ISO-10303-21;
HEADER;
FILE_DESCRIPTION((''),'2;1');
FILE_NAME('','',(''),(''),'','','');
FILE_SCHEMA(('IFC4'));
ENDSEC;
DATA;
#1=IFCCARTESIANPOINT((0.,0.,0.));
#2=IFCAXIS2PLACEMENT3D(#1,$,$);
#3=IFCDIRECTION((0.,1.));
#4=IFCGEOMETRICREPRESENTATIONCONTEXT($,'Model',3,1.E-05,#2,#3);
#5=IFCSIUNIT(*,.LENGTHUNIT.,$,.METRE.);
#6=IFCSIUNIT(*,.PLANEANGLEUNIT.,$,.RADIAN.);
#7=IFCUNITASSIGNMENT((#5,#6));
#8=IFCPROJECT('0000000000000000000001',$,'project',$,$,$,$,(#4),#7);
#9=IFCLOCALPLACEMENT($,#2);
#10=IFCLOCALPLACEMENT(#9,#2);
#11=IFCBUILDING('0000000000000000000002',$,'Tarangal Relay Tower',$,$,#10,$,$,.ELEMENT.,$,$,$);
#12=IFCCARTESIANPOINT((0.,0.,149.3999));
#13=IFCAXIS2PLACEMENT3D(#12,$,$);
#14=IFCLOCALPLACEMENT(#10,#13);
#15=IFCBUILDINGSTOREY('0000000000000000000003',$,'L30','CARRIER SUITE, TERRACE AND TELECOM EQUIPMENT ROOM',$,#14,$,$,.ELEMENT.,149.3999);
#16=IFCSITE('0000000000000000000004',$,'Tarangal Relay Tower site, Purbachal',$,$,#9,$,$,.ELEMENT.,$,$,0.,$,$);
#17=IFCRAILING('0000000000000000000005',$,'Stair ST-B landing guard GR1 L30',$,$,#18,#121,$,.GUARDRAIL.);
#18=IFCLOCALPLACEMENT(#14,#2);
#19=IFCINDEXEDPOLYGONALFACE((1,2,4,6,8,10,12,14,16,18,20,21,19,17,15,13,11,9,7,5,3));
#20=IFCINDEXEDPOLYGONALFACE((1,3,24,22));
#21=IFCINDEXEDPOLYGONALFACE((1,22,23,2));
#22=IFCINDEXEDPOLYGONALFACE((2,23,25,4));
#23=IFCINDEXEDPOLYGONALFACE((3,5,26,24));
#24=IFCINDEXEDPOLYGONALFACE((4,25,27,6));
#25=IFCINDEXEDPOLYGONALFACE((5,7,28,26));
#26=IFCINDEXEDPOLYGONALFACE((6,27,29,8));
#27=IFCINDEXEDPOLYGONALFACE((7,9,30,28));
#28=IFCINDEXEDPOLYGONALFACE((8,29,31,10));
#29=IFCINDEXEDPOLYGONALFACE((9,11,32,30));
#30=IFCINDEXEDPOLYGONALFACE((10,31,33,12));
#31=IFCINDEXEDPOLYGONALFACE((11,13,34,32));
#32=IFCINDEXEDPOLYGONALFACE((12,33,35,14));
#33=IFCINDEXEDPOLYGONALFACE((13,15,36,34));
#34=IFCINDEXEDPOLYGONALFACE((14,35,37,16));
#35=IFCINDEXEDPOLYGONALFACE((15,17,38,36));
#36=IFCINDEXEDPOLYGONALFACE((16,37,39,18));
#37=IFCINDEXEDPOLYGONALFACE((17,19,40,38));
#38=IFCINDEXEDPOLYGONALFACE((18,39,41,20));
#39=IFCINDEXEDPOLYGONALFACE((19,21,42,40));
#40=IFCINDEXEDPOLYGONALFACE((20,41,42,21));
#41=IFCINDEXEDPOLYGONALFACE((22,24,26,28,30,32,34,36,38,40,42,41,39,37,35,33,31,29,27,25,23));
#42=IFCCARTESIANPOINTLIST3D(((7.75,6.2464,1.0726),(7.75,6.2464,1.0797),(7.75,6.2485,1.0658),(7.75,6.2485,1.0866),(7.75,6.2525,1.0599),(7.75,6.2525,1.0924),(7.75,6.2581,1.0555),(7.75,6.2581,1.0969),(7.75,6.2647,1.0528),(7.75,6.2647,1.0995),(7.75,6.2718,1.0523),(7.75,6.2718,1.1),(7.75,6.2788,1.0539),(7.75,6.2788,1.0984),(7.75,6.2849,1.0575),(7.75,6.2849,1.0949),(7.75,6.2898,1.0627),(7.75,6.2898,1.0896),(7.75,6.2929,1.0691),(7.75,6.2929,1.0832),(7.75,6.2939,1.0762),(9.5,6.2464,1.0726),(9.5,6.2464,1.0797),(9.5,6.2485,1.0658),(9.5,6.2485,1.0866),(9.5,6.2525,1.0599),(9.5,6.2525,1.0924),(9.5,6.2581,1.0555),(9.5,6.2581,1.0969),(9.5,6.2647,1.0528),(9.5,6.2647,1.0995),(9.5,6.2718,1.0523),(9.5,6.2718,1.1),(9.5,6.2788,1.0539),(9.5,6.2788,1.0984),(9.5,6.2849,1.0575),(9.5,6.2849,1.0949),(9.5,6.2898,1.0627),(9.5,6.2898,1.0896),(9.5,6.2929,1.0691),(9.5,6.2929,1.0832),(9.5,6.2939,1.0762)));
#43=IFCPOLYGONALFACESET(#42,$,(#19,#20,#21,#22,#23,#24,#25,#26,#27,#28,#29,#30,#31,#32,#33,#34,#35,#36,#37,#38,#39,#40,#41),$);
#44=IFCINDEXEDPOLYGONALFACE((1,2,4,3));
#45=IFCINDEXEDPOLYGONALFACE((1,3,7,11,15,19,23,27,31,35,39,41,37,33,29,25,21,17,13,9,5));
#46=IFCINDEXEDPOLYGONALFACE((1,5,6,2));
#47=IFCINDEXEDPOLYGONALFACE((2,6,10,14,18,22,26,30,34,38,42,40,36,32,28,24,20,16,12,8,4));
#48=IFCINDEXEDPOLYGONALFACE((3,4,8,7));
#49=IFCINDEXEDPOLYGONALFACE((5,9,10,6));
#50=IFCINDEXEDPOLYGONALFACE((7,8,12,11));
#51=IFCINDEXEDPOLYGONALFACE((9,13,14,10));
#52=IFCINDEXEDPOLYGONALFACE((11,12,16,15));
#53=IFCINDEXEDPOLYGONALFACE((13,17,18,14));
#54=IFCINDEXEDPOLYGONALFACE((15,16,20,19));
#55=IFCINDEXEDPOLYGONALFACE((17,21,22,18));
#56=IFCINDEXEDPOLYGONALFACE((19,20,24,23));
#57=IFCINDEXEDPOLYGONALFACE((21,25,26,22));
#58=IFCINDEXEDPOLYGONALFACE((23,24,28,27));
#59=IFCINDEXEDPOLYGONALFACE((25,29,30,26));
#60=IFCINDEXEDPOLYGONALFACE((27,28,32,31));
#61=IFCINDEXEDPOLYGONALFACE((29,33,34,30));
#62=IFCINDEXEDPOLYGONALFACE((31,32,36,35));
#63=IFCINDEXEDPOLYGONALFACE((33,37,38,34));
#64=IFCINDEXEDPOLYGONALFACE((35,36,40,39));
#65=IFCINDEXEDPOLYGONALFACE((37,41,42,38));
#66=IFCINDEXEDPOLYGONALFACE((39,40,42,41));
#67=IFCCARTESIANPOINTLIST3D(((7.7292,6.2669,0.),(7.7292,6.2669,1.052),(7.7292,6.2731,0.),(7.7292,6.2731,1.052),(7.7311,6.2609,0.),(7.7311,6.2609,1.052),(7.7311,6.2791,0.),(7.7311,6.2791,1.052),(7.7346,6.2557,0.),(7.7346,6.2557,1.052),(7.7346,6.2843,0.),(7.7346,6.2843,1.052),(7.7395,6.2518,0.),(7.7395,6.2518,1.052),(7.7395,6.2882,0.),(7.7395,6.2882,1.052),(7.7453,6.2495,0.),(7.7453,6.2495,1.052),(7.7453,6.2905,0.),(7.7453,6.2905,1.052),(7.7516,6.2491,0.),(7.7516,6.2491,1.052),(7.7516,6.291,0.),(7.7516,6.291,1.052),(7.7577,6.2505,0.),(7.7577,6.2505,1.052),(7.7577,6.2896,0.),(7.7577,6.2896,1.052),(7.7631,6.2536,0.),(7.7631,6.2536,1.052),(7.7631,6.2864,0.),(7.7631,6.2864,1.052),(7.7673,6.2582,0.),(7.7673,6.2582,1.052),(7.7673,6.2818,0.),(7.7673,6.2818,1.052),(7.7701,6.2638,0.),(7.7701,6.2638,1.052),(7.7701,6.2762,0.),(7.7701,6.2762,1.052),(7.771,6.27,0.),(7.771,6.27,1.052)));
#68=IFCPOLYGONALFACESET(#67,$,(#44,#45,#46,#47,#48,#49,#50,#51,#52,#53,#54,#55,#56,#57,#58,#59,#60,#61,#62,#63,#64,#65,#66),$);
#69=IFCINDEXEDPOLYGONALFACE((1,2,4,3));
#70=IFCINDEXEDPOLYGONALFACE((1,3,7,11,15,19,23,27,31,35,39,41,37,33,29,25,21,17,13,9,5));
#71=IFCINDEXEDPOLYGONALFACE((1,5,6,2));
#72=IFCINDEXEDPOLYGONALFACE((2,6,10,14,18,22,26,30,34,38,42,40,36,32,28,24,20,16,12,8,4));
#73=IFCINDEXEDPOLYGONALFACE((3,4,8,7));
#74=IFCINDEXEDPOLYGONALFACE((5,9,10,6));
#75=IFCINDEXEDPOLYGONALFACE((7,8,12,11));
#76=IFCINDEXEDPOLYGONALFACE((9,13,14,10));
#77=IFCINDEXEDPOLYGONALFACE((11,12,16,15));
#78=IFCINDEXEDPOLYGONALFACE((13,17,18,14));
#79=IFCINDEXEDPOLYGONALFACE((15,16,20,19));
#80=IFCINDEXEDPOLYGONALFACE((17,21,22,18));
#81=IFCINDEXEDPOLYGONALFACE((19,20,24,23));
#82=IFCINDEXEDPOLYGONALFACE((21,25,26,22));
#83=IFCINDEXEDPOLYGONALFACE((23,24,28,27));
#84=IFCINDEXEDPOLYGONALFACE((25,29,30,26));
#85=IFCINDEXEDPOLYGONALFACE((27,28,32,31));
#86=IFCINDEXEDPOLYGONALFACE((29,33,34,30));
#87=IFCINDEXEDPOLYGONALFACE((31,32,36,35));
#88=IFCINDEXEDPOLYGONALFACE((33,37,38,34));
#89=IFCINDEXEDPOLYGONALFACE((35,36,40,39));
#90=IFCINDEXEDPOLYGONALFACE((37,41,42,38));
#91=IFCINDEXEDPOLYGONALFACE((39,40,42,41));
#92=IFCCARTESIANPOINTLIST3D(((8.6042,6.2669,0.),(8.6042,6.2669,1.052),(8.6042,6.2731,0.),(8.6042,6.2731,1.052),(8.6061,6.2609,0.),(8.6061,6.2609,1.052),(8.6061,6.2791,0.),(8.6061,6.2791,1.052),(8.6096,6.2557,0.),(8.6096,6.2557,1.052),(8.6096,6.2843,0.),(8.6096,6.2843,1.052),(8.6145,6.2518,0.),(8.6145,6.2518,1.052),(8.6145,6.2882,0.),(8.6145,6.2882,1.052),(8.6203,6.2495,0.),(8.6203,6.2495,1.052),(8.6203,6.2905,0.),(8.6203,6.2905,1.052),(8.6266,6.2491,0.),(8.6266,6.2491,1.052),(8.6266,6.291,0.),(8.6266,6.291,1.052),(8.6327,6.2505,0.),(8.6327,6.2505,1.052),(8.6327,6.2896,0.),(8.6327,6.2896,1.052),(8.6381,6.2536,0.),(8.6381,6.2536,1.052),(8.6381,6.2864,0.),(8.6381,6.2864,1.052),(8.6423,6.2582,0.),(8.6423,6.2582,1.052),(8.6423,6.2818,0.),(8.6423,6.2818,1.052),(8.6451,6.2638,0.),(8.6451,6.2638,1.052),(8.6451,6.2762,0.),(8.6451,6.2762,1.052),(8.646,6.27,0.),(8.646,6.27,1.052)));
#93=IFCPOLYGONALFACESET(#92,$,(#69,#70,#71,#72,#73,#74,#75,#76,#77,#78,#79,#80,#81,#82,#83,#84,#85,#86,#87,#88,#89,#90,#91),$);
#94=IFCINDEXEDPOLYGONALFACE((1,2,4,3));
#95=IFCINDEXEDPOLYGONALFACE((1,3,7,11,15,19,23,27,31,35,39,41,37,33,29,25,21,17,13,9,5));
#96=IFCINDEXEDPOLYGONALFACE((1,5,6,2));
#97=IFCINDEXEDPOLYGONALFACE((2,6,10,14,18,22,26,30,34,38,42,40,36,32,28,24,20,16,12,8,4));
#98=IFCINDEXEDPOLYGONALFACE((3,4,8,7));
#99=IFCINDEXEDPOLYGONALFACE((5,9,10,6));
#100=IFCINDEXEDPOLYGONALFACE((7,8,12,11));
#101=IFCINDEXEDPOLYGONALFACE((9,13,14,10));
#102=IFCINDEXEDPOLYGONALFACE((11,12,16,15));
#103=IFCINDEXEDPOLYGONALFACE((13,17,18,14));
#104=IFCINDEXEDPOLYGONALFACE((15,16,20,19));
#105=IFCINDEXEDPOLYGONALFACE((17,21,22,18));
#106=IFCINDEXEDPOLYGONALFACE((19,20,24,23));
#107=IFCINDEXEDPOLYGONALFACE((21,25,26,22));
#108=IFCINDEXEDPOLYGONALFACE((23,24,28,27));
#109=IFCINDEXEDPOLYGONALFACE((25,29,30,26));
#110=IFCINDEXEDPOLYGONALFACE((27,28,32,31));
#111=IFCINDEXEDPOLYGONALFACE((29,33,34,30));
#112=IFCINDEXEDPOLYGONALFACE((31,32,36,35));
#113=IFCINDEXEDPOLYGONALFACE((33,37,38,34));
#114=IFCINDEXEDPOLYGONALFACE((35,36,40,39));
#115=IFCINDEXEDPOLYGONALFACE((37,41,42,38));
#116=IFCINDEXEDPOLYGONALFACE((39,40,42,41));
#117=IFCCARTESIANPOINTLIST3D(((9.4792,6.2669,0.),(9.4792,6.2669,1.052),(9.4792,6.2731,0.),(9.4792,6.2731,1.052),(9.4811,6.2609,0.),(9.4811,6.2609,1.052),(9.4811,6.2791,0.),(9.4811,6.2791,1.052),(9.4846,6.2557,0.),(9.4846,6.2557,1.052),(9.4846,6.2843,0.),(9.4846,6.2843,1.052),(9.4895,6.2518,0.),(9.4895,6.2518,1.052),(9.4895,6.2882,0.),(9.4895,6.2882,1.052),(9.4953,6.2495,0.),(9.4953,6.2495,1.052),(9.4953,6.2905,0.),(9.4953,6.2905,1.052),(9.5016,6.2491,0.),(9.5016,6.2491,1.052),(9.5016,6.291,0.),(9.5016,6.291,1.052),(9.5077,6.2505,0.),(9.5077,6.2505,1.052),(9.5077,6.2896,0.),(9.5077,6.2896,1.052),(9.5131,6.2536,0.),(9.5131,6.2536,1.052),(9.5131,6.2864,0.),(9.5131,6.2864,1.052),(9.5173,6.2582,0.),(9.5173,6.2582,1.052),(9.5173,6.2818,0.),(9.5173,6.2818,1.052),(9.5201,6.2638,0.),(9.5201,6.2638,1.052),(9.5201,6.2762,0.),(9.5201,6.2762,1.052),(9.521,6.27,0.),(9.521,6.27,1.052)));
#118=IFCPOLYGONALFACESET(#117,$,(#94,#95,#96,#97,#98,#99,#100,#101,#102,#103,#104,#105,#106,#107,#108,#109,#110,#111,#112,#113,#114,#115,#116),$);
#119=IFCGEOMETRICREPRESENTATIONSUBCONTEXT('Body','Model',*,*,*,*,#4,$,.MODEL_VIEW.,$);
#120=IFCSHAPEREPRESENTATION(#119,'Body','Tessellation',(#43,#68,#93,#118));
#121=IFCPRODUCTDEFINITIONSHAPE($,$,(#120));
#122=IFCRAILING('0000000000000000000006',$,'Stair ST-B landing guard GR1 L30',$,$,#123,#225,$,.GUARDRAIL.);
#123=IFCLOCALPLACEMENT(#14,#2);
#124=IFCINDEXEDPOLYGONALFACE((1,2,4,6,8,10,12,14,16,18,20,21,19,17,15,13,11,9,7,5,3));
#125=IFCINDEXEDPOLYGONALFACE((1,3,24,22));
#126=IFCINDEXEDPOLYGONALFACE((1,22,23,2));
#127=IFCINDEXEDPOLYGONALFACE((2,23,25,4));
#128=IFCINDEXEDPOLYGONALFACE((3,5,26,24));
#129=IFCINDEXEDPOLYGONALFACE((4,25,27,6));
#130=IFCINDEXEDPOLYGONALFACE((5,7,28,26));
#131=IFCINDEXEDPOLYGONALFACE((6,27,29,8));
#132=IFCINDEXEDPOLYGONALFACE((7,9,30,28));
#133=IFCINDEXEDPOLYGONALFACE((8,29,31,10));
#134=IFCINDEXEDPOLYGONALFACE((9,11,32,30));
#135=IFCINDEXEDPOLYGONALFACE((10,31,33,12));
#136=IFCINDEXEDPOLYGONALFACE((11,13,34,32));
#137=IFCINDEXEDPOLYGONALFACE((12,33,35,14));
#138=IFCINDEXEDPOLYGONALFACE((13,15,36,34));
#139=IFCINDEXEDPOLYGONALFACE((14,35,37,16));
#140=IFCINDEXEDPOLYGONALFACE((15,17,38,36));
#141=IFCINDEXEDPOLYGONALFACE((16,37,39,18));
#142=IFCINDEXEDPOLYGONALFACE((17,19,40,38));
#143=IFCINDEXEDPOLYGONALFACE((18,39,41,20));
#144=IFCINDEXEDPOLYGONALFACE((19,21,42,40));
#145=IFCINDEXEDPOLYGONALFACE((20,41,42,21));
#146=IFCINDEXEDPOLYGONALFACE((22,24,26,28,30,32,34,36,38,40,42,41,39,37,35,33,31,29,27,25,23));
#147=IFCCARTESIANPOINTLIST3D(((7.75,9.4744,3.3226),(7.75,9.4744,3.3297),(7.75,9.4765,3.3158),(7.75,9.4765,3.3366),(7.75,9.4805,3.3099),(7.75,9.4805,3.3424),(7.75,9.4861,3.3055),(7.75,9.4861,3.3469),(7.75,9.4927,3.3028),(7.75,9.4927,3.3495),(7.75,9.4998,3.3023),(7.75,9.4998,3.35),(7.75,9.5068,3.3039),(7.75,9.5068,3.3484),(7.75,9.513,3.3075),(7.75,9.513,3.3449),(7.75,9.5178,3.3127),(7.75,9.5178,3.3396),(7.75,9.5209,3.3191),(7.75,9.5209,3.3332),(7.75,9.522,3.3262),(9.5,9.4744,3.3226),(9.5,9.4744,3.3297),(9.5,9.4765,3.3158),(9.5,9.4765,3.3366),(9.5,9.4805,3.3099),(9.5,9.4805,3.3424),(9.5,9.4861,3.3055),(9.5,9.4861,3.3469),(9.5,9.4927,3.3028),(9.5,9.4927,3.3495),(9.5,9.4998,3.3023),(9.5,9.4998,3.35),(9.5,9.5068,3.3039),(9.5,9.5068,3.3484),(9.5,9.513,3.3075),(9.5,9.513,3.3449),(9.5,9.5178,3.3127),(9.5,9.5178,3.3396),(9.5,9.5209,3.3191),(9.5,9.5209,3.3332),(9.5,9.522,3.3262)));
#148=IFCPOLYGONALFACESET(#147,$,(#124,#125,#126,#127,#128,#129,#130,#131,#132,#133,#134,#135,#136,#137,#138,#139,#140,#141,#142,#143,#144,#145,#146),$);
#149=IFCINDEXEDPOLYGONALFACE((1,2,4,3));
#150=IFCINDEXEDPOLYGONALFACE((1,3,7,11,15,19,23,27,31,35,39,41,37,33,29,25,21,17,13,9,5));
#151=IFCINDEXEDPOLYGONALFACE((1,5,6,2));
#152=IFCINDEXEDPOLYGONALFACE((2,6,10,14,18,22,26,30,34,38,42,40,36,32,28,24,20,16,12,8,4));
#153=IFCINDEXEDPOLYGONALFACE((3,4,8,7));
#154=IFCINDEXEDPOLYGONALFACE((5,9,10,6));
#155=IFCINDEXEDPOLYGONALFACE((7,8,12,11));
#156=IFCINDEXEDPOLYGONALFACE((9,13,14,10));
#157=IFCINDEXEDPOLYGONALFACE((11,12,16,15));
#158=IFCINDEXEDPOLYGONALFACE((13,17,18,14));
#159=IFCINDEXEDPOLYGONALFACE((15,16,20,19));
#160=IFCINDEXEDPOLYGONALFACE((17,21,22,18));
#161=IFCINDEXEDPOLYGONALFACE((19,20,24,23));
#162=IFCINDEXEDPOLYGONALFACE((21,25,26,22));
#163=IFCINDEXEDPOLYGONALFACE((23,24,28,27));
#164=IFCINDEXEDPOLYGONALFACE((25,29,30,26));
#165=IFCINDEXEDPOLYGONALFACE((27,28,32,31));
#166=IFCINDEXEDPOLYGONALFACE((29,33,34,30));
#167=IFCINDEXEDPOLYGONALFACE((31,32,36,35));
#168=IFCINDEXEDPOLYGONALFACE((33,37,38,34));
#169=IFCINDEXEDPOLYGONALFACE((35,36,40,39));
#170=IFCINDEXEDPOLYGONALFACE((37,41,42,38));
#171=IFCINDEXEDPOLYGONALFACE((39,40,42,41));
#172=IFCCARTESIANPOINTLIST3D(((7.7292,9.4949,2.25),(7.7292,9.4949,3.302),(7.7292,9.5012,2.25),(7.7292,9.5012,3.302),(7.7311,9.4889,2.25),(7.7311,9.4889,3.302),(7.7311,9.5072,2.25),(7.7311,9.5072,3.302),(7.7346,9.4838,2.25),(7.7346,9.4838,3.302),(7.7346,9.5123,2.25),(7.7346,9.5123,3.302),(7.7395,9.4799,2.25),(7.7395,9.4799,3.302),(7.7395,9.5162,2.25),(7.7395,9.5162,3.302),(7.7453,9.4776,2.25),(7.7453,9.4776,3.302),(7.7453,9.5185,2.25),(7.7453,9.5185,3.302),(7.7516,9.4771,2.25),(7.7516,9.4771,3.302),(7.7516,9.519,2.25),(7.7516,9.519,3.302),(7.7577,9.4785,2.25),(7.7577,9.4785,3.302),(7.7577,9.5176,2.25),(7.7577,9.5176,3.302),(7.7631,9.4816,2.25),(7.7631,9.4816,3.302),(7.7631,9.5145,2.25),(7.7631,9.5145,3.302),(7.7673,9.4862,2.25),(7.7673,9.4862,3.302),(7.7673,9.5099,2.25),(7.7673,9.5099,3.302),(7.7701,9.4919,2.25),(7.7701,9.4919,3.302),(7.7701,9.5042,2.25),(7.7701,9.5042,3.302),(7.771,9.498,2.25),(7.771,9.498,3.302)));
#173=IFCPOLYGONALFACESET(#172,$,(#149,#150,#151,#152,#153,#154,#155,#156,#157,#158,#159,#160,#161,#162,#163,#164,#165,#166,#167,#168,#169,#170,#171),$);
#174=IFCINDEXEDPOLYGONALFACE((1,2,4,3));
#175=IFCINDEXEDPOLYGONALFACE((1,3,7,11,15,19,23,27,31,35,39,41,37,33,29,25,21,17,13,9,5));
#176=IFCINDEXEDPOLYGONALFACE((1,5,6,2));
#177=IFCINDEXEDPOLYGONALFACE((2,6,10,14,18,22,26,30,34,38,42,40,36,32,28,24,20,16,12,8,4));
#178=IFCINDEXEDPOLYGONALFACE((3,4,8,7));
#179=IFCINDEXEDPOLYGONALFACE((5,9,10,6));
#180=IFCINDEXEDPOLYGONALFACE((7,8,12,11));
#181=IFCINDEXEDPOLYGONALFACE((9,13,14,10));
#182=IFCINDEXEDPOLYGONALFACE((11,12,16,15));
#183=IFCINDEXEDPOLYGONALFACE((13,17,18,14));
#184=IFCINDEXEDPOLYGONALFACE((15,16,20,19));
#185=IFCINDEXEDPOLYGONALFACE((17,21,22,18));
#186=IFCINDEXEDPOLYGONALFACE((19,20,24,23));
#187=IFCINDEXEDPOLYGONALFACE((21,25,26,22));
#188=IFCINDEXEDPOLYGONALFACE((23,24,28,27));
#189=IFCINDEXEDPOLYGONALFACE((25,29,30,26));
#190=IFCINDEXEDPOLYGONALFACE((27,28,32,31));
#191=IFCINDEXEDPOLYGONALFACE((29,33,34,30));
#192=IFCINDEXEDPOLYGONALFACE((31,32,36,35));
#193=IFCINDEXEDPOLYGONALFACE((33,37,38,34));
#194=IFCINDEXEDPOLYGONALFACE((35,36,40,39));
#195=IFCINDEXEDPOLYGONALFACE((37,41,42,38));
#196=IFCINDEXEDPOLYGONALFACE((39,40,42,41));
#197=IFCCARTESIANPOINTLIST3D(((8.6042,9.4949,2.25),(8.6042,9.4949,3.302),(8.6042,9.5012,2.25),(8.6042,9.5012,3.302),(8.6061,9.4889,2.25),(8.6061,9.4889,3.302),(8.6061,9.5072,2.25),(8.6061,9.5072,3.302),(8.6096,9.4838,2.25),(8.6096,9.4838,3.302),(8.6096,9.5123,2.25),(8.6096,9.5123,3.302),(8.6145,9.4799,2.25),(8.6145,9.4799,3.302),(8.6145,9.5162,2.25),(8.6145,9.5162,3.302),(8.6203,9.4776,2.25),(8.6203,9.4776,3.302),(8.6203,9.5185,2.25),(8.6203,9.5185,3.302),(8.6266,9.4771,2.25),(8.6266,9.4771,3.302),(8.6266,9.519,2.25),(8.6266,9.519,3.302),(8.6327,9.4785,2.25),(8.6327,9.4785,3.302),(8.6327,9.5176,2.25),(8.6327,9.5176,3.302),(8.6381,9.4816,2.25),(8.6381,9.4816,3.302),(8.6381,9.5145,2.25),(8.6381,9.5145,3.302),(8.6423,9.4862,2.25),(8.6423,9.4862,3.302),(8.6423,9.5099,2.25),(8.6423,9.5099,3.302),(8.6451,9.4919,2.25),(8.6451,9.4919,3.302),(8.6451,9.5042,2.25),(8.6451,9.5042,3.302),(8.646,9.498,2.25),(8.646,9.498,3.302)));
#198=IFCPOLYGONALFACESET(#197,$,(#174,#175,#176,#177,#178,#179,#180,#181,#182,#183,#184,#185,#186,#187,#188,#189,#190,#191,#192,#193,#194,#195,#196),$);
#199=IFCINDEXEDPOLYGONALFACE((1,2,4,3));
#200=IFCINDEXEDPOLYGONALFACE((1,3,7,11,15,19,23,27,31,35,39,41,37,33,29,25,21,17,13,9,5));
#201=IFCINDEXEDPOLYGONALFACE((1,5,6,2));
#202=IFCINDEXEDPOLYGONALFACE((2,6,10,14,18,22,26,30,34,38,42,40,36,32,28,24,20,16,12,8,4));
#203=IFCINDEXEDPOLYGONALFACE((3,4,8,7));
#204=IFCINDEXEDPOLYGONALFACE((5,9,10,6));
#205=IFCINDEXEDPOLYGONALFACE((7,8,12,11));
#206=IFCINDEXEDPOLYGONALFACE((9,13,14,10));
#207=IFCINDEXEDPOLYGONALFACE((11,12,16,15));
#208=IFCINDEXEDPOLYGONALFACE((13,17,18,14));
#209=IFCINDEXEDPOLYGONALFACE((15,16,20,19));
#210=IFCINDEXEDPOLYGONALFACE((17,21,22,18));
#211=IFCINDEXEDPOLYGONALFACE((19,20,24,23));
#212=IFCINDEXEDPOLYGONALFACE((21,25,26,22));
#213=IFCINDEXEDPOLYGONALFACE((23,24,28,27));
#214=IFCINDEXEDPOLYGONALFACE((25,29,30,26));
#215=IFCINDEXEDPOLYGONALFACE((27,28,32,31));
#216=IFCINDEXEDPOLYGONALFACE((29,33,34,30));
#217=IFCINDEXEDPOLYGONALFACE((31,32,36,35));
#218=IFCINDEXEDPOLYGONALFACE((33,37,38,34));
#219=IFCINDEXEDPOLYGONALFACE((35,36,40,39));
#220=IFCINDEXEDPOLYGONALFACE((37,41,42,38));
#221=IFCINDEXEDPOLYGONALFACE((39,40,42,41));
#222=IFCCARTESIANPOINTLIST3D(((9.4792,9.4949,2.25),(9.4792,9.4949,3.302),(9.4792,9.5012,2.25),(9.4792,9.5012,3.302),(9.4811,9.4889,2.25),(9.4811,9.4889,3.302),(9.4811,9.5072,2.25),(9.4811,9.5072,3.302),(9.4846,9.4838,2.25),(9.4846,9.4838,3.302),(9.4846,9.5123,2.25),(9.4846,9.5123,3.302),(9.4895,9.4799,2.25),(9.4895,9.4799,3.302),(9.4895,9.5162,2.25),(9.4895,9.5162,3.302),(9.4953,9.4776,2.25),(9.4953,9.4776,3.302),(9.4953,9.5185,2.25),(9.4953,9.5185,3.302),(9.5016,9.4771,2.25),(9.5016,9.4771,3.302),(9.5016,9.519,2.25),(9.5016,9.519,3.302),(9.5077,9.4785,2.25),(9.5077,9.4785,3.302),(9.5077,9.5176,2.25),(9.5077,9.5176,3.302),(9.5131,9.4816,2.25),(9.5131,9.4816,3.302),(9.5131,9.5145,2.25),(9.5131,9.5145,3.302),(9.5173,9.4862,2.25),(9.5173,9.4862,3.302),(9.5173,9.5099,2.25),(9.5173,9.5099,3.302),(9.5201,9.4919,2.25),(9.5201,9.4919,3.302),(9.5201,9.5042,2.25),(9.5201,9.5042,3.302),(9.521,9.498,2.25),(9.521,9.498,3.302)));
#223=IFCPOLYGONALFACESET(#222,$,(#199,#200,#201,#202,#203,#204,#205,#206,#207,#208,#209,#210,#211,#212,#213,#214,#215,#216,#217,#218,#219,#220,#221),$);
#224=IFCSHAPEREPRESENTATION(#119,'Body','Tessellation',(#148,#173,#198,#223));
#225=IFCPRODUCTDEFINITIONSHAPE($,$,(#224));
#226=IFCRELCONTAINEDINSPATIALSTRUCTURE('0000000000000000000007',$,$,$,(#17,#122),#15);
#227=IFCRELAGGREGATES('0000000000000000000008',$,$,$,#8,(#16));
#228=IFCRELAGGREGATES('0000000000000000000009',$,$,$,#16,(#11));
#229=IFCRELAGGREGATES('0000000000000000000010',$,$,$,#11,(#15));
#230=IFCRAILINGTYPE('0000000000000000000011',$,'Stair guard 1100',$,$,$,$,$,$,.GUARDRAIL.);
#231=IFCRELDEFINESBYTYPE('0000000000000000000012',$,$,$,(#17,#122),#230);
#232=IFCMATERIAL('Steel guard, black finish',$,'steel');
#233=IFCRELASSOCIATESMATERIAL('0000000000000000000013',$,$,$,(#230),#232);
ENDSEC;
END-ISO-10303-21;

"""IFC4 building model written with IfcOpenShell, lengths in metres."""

from ifc_helpers import new_model, si_unit, direction, frame, origin, origin_2d, place, context, subcontext, project, spatial, circle, extrude, material, type_object, element, save


model = new_model("IFC4")

# Units and contexts
model_context = context("Model", 3, precision=1e-05, world=origin(), true_north=direction((0.0, 1.0)))
body_context = subcontext(model_context, "Body", "Model", "MODEL_VIEW")
ifc_project = project(units=[si_unit("LENGTHUNIT", "METRE"), si_unit("PLANEANGLEUNIT", "RADIAN")], contexts=[model_context])

# Site, building, storey
site_placement = place(None, origin())
site = spatial("IfcSite", under=ifc_project, at=site_placement, Name="Tarangal Relay Tower site, Purbachal", CompositionType="ELEMENT", RefElevation=0.0)
building_placement = place(site_placement, origin())
building = spatial("IfcBuilding", under=site, at=building_placement, Name="Tarangal Relay Tower", CompositionType="ELEMENT")
storey_placement = place(building_placement, frame((0.0, 0.0, 149.3999)))
storey = spatial("IfcBuildingStorey", under=building, at=storey_placement, Name="L30", Description="CARRIER SUITE, TERRACE AND TELECOM EQUIPMENT ROOM", CompositionType="ELEMENT", Elevation=149.3999)

# Railings
ifc_material_1 = material(Name="Steel guard, black finish", Category="steel")
railing_type_1 = type_object("IfcRailingType", Name="Stair guard 1100", PredefinedType="GUARDRAIL", material=ifc_material_1)
for number, where, name in (
    (1, (7.75, 6.27, 0.0), "Stair ST-B landing guard GR1 L30"),
    (2, (7.75, 9.498, 2.25), "Stair ST-B landing guard GR1 L30"),
):
    element("IfcRailing", number, at=place(storey_placement, frame(where)), inside=storey, type_object=railing_type_1, Name=name, PredefinedType="GUARDRAIL", context=body_context, shape_type="SweptSolid", body=[
        extrude(circle(Radius=0.0239, at=origin_2d()), frame((0.0, 0.0, 1.0762), z_axis=(1.0, 0.0, 0.0), x_axis=(0.0, 1.0, 0.0)), (0.0, 0.0, 1.0), 1.75),
        extrude(circle(Radius=0.021, at=origin_2d()), origin(), (0.0, 0.0, 1.0), 1.052),
        extrude(circle(Radius=0.021, at=origin_2d()), frame((0.875, 0.0, 0.0)), (0.0, 0.0, 1.0), 1.052),
        extrude(circle(Radius=0.021, at=origin_2d()), frame((1.75, 0.0, 0.0)), (0.0, 0.0, 1.0), 1.052),
    ])

save(model, "model.ifc")
